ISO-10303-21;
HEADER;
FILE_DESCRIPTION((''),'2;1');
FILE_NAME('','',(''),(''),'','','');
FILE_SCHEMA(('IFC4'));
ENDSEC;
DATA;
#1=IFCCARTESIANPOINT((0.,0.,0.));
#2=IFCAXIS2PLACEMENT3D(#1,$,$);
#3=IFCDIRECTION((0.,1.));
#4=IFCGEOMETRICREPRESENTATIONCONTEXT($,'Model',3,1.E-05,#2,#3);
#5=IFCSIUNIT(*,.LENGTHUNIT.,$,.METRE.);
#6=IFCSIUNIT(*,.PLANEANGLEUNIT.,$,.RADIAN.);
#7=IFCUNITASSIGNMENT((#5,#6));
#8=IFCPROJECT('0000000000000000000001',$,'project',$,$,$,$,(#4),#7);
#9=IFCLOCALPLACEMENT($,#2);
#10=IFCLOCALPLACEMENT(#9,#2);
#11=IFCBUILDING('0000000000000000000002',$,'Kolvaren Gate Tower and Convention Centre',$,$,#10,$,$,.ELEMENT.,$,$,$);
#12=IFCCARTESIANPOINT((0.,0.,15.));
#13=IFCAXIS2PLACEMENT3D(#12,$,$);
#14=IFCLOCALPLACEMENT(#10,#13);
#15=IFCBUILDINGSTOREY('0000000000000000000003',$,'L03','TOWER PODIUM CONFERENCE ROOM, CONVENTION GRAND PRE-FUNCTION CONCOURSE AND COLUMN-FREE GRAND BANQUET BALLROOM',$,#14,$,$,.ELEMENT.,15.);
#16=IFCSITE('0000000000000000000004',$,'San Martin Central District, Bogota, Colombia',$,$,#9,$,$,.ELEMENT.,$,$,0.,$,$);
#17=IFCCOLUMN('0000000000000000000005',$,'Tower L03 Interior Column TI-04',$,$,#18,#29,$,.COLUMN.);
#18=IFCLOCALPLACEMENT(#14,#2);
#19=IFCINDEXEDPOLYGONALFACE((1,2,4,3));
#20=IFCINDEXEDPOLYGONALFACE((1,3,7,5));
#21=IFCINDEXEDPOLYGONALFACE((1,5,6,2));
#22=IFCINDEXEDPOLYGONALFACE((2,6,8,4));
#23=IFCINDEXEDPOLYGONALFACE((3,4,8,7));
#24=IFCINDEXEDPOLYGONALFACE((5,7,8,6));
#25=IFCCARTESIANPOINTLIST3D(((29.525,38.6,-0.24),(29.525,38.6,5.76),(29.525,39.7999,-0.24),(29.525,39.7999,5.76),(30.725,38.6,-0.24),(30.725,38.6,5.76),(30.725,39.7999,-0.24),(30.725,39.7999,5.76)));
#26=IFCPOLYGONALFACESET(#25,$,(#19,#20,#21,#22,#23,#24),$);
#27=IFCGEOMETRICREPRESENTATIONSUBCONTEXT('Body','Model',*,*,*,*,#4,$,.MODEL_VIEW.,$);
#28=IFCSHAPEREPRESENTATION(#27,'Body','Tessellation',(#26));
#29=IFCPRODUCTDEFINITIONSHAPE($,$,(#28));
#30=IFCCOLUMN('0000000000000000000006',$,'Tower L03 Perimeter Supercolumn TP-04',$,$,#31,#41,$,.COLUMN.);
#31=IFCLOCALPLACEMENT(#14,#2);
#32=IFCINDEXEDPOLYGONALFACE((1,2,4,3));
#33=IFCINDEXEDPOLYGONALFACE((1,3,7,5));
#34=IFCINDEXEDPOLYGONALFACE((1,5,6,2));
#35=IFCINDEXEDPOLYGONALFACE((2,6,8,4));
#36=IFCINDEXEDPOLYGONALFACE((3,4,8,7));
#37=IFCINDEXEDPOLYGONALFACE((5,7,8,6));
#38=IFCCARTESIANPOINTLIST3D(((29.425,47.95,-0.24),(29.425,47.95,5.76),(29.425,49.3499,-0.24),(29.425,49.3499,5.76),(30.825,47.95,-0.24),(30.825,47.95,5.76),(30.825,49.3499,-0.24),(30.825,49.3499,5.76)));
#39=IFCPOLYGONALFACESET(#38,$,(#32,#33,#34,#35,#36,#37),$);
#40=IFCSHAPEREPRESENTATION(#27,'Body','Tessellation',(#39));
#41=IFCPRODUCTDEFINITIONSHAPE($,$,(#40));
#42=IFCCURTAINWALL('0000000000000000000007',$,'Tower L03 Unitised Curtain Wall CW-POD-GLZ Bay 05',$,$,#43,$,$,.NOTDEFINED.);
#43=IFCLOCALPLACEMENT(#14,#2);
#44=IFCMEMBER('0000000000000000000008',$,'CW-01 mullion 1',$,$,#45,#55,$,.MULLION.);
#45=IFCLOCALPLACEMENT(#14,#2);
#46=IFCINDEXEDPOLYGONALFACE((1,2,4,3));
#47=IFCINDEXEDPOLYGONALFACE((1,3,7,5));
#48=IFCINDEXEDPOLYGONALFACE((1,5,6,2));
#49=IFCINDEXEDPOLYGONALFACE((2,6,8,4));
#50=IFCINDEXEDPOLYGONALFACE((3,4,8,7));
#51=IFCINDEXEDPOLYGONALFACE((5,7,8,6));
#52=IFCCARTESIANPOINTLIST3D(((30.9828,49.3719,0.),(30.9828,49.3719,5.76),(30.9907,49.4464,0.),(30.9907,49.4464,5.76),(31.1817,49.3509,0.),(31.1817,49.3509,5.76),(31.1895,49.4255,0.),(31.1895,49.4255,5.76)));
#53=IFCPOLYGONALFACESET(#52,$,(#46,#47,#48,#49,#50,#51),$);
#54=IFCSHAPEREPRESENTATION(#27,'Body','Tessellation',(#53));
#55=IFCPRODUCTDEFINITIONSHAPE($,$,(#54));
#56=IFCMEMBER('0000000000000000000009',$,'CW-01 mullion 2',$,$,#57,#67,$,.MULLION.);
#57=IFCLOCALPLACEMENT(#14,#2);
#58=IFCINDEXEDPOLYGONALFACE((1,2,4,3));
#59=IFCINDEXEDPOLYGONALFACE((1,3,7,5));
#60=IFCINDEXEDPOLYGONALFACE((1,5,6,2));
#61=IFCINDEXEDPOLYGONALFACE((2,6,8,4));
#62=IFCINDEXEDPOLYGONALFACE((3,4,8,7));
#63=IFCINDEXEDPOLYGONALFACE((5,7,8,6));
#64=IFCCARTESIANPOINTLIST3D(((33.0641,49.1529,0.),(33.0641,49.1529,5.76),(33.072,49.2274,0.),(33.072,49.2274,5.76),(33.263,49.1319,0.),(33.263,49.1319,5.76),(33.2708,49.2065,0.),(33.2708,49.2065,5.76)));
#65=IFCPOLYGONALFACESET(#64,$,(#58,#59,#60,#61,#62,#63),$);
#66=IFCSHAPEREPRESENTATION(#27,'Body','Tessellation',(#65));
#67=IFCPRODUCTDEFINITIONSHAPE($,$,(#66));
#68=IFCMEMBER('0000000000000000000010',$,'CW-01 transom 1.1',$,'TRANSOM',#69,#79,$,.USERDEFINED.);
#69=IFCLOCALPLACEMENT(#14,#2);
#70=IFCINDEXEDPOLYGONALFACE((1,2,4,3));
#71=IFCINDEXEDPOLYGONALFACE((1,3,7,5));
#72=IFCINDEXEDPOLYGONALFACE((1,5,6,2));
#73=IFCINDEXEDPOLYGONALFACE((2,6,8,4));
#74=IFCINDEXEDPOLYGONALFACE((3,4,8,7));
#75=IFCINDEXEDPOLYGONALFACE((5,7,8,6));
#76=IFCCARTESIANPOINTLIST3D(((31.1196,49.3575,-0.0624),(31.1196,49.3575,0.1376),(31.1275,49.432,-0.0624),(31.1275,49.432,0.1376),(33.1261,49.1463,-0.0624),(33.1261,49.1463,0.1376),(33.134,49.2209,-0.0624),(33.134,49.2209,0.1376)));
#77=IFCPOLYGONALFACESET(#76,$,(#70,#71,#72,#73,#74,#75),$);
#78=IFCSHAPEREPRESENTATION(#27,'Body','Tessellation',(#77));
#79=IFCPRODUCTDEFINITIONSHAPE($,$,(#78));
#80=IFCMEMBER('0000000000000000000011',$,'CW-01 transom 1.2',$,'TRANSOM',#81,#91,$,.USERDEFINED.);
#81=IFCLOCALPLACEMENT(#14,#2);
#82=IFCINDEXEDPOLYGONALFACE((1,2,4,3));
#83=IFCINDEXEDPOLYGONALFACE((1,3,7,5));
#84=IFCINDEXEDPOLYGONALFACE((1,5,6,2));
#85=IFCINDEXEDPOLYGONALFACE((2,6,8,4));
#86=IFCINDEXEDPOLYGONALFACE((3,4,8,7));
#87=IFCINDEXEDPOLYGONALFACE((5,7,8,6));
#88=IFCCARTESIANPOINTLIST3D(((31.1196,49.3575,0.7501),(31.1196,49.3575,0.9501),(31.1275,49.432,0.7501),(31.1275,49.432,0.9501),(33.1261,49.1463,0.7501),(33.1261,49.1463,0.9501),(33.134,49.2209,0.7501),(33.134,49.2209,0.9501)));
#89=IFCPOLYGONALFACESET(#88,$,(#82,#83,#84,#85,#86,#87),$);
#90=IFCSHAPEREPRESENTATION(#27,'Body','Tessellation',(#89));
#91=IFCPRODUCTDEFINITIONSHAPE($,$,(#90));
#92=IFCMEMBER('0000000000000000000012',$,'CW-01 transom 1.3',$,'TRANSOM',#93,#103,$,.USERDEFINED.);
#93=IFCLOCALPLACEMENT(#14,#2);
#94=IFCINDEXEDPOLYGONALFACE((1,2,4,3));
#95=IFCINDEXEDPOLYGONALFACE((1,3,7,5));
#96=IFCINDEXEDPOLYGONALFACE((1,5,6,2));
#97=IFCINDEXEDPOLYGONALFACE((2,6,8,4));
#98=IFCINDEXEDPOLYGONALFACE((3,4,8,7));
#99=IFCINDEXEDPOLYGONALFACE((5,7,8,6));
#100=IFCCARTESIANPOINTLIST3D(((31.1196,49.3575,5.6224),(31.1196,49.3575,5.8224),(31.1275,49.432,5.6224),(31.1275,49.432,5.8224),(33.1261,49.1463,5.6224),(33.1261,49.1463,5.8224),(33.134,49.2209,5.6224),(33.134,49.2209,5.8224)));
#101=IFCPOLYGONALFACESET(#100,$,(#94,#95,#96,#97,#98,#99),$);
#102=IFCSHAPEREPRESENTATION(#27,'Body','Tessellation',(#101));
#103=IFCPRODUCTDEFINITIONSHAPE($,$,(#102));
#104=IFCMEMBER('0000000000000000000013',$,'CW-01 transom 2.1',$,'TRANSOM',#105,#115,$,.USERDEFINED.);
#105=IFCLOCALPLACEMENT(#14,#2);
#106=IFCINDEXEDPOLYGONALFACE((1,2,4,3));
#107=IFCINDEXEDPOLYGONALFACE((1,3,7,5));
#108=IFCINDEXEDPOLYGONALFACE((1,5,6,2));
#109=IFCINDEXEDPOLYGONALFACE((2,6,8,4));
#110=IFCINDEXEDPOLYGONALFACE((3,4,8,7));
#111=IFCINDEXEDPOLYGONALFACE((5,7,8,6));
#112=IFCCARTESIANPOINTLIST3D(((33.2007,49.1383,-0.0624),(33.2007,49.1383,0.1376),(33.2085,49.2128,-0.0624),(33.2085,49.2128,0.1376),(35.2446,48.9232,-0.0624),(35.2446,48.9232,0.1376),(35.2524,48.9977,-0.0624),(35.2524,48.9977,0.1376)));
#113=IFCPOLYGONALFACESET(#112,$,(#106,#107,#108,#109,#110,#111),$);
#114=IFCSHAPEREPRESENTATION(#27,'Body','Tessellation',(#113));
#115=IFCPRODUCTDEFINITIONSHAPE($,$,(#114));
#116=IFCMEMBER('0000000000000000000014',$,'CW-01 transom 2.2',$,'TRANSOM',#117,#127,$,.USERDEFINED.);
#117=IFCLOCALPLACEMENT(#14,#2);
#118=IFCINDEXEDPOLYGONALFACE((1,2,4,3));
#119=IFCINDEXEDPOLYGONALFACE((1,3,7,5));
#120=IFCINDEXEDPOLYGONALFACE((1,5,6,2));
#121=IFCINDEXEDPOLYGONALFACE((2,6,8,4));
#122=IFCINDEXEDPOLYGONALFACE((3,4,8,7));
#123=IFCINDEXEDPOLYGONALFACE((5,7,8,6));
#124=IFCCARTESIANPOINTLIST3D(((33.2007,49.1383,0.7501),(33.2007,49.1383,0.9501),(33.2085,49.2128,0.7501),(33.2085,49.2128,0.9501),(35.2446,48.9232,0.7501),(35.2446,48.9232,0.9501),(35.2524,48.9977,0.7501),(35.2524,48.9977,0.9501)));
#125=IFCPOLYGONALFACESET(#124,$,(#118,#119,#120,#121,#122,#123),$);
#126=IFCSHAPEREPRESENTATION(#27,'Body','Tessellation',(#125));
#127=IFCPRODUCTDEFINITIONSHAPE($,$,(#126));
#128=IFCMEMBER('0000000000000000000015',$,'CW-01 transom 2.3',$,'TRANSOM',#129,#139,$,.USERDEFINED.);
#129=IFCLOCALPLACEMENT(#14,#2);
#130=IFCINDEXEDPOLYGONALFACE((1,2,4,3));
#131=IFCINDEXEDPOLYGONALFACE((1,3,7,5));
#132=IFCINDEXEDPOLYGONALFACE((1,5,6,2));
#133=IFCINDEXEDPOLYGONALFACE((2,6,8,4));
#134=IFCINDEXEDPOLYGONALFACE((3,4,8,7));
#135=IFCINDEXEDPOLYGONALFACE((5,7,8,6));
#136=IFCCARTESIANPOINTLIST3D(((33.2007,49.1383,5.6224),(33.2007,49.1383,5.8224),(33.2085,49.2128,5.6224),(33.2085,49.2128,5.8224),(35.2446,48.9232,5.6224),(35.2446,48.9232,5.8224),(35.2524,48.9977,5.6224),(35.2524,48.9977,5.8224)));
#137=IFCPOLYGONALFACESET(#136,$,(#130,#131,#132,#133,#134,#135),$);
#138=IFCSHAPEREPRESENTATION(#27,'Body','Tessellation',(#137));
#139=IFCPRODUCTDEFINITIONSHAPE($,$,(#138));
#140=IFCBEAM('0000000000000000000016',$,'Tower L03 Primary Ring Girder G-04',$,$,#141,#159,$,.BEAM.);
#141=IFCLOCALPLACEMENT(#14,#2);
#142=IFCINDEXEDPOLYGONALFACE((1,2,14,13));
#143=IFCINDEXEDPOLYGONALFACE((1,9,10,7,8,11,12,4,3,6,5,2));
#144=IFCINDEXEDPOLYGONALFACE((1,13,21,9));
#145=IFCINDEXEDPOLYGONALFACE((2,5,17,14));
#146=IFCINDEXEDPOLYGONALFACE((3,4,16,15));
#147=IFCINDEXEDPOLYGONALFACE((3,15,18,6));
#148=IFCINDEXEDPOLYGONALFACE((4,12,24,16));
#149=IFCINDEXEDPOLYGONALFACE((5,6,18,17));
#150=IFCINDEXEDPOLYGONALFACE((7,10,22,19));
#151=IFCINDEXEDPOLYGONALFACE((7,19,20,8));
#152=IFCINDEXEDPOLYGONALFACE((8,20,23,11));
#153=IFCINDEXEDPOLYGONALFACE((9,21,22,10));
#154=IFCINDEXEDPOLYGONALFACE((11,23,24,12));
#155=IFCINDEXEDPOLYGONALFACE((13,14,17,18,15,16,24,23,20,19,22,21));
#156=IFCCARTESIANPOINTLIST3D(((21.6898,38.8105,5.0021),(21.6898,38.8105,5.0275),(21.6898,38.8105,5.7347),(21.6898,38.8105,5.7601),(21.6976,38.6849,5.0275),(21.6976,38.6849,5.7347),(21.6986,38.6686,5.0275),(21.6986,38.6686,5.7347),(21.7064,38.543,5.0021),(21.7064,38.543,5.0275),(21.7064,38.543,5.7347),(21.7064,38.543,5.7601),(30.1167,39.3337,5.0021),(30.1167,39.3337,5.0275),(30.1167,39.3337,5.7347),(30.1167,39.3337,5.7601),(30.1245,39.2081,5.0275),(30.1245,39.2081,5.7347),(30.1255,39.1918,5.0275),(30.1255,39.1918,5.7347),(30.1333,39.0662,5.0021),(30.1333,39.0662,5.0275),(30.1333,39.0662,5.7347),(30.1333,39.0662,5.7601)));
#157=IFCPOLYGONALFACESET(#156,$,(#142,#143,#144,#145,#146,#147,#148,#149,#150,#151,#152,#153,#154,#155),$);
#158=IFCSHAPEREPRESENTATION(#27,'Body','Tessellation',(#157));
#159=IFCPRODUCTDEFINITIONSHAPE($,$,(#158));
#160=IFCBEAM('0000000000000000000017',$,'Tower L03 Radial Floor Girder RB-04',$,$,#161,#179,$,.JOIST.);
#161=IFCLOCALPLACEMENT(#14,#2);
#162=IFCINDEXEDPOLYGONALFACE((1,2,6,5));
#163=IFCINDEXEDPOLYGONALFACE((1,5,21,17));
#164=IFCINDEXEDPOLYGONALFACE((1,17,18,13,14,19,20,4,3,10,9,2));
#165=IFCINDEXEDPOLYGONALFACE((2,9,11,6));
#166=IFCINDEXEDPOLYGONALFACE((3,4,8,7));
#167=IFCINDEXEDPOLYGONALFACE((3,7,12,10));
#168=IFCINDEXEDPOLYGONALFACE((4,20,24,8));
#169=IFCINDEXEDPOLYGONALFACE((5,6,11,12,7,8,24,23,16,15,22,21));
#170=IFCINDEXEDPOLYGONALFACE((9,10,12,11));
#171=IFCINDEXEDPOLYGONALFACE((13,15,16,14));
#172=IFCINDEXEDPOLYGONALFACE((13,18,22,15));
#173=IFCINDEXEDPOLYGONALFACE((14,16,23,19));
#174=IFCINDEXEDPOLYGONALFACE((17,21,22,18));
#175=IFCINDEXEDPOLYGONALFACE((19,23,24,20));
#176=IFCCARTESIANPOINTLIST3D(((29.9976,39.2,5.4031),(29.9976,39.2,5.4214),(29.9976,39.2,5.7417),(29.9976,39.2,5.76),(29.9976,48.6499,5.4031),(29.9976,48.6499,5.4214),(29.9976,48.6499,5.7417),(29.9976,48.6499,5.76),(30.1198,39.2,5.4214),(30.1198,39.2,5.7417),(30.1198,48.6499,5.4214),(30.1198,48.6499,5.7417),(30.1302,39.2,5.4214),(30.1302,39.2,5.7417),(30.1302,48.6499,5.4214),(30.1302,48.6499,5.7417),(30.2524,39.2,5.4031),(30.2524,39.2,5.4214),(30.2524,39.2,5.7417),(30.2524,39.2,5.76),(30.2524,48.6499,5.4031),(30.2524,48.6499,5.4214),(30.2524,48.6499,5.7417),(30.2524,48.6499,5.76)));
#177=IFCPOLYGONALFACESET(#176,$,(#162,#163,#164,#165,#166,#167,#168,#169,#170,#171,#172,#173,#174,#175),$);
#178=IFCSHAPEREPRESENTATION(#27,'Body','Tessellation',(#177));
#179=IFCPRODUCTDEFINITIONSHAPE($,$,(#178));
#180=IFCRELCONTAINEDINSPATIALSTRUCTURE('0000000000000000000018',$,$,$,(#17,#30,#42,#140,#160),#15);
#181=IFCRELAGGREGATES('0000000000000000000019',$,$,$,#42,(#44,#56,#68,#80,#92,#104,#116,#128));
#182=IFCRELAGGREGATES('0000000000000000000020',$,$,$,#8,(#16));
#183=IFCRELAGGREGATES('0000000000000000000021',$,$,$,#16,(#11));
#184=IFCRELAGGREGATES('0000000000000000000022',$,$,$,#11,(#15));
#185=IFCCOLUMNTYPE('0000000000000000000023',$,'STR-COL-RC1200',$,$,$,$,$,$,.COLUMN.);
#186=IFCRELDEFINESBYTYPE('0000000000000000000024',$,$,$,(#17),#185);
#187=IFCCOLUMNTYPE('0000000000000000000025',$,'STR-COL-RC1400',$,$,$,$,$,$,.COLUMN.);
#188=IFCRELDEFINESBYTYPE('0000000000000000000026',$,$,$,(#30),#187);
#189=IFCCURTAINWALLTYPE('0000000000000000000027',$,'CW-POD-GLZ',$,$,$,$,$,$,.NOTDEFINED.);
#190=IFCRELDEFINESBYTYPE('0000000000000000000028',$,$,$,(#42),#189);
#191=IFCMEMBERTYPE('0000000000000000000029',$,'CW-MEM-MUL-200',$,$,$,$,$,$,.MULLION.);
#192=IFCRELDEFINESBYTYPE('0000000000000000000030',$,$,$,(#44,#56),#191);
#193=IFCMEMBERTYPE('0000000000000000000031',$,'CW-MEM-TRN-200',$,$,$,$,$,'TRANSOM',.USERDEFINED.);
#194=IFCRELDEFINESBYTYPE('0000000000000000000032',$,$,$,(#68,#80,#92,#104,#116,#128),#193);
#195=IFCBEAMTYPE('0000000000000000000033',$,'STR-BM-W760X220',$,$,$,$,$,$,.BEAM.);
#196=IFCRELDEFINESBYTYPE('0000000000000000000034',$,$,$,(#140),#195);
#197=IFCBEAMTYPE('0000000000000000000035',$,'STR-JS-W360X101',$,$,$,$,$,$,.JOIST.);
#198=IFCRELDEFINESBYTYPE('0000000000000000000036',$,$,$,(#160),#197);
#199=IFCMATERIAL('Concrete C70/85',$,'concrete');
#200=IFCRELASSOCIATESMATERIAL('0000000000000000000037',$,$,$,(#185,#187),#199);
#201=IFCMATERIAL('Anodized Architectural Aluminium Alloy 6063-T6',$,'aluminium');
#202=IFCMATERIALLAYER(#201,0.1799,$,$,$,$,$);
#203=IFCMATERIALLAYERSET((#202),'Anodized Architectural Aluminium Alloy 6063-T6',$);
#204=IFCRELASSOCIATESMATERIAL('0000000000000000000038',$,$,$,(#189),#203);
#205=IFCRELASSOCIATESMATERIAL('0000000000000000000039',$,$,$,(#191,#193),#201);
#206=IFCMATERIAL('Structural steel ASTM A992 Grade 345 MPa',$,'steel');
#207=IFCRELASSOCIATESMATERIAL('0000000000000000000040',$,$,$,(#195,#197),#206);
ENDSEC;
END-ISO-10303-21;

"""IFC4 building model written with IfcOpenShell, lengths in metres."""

from ifc_helpers import new_model, si_unit, direction, frame, origin, origin_2d, place, context, subcontext, project, spatial, rectangle, i_section, extrude, material, layer, layer_set, material_profile, profile_set, type_object, element, aggregate, save


model = new_model("IFC4")

# Units and contexts
model_context = context("Model", 3, precision=1e-05, world=origin(), true_north=direction((0.0, 1.0)))
body_context = subcontext(model_context, "Body", "Model", "MODEL_VIEW")
ifc_project = project(units=[si_unit("LENGTHUNIT", "METRE"), si_unit("PLANEANGLEUNIT", "RADIAN")], contexts=[model_context])

# Site, building, storey
site_placement = place(None, origin())
site = spatial("IfcSite", under=ifc_project, at=site_placement, Name="San Martin Central District, Bogota, Colombia", CompositionType="ELEMENT", RefElevation=0.0)
building_placement = place(site_placement, origin())
building = spatial("IfcBuilding", under=site, at=building_placement, Name="Kolvaren Gate Tower and Convention Centre", CompositionType="ELEMENT")
storey_placement = place(building_placement, frame((0.0, 0.0, 15.0)))
storey = spatial("IfcBuildingStorey", under=building, at=storey_placement, Name="L03", Description="TOWER PODIUM CONFERENCE ROOM, CONVENTION GRAND PRE-FUNCTION CONCOURSE AND COLUMN-FREE GRAND BANQUET BALLROOM", CompositionType="ELEMENT", Elevation=15.0)

# Columns
ifc_material_1 = material(Name="Concrete C70/85", Category="concrete")
ifc_material_profile_1 = material_profile(ifc_material_1, rectangle(XDim=1.2, YDim=1.2, at=origin_2d()), Name="RC-COL-1200X1200")
ifc_profile_set_1 = profile_set([ifc_material_profile_1], Name="Concrete C70/85")
column_type_1 = type_object("IfcColumnType", Name="STR-COL-RC1200", PredefinedType="COLUMN", material=ifc_profile_set_1)
column_1_placement = place(storey_placement, frame((30.125, 39.2, -0.24), z_axis=(0.0, 0.0, 1.0), x_axis=(1.0, 0.0, 0.0)))
element("IfcColumn", 1, at=column_1_placement, inside=storey, type_object=column_type_1, Name="Tower L03 Interior Column TI-04", PredefinedType="COLUMN", context=body_context, shape_type="SweptSolid", body=[
    extrude(rectangle(XDim=1.2, YDim=1.2, at=origin_2d()), origin(), (0.0, 0.0, 1.0), 6.0),
])
ifc_material_profile_2 = material_profile(ifc_material_1, rectangle(XDim=1.3999, YDim=1.3999, at=origin_2d()), Name="RC-COL-1400X1400")
ifc_profile_set_2 = profile_set([ifc_material_profile_2], Name="Concrete C70/85")
column_type_2 = type_object("IfcColumnType", Name="STR-COL-RC1400", PredefinedType="COLUMN", material=ifc_profile_set_2)
column_2_placement = place(storey_placement, frame((30.125, 48.6499, -0.24), z_axis=(0.0, 0.0, 1.0), x_axis=(1.0, 0.0, 0.0)))
element("IfcColumn", 2, at=column_2_placement, inside=storey, type_object=column_type_2, Name="Tower L03 Perimeter Supercolumn TP-04", PredefinedType="COLUMN", context=body_context, shape_type="SweptSolid", body=[
    extrude(rectangle(XDim=1.3999, YDim=1.3999, at=origin_2d()), origin(), (0.0, 0.0, 1.0), 6.0),
])

# Curtain wall, members
ifc_material_2 = material(Name="Anodized Architectural Aluminium Alloy 6063-T6", Category="aluminium")
ifc_layer_1 = layer(ifc_material_2, 0.1799)
ifc_layer_set_1 = layer_set([ifc_layer_1], Name="Anodized Architectural Aluminium Alloy 6063-T6")
curtain_wall_type = type_object("IfcCurtainWallType", Name="CW-POD-GLZ", PredefinedType="NOTDEFINED", material=ifc_layer_set_1)
curtain_wall_placement = place(storey_placement, origin())
curtain_wall = element("IfcCurtainWall", 3, at=curtain_wall_placement, inside=storey, type_object=curtain_wall_type, Name="Tower L03 Unitised Curtain Wall CW-POD-GLZ Bay 05", PredefinedType="NOTDEFINED")
ifc_material_profile_3 = material_profile(ifc_material_2, rectangle(XDim=0.075, YDim=0.2, at=origin_2d()), Name="CW-MEM-MUL-200")
ifc_profile_set_3 = profile_set([ifc_material_profile_3], Name="Anodized Architectural Aluminium Alloy 6063-T6")
member_type_1 = type_object("IfcMemberType", Name="CW-MEM-MUL-200", PredefinedType="MULLION", material=ifc_profile_set_3)
member_1_placement = place(storey_placement, frame((31.0862, 49.3987, 0.0), z_axis=(0.0, 0.0, 1.0), x_axis=(0.104748, 0.994499, 0.0)))
member_1 = element("IfcMember", 4, at=member_1_placement, type_object=member_type_1, Name="CW-01 mullion 1", PredefinedType="MULLION", context=body_context, shape_type="SweptSolid", body=[
    extrude(rectangle(XDim=0.075, YDim=0.2, at=origin_2d()), origin(), (0.0, 0.0, 1.0), 5.76),
])
member_2_placement = place(storey_placement, frame((33.1675, 49.1797, 0.0), z_axis=(0.0, 0.0, 1.0), x_axis=(0.104748, 0.994499, 0.0)))
member_2 = element("IfcMember", 5, at=member_2_placement, type_object=member_type_1, Name="CW-01 mullion 2", PredefinedType="MULLION", context=body_context, shape_type="SweptSolid", body=[
    extrude(rectangle(XDim=0.075, YDim=0.2, at=origin_2d()), origin(), (0.0, 0.0, 1.0), 5.76),
])
ifc_material_profile_4 = material_profile(ifc_material_2, rectangle(XDim=0.075, YDim=0.2, at=origin_2d()), Name="CW-MEM-TRN-200")
ifc_profile_set_4 = profile_set([ifc_material_profile_4], Name="Anodized Architectural Aluminium Alloy 6063-T6")
member_type_2 = type_object("IfcMemberType", Name="CW-MEM-TRN-200", ElementType="TRANSOM", PredefinedType="USERDEFINED", material=ifc_profile_set_4)
member_3_placement = place(storey_placement, frame((31.1235, 49.3948, 0.0376), z_axis=(0.994507, -0.104666, 0.0), x_axis=(0.104666, 0.994507, 0.0)))
member_3 = element("IfcMember", 6, at=member_3_placement, type_object=member_type_2, Name="CW-01 transom 1.1", ObjectType="TRANSOM", PredefinedType="USERDEFINED", context=body_context, shape_type="SweptSolid", body=[
    extrude(rectangle(XDim=0.075, YDim=0.2, at=origin_2d()), origin(), (0.0, 0.0, 1.0), 2.0176),
])
member_4_placement = place(storey_placement, frame((31.1235, 49.3948, 0.8501), z_axis=(0.994507, -0.104666, 0.0), x_axis=(0.104666, 0.994507, 0.0)))
member_4 = element("IfcMember", 7, at=member_4_placement, type_object=member_type_2, Name="CW-01 transom 1.2", ObjectType="TRANSOM", PredefinedType="USERDEFINED", context=body_context, shape_type="SweptSolid", body=[
    extrude(rectangle(XDim=0.075, YDim=0.2, at=origin_2d()), origin(), (0.0, 0.0, 1.0), 2.0176),
])
member_5_placement = place(storey_placement, frame((31.1235, 49.3948, 5.7224), z_axis=(0.994507, -0.104666, 0.0), x_axis=(0.104666, 0.994507, 0.0)))
member_5 = element("IfcMember", 8, at=member_5_placement, type_object=member_type_2, Name="CW-01 transom 1.3", ObjectType="TRANSOM", PredefinedType="USERDEFINED", context=body_context, shape_type="SweptSolid", body=[
    extrude(rectangle(XDim=0.075, YDim=0.2, at=origin_2d()), origin(), (0.0, 0.0, 1.0), 2.0176),
])
member_6_placement = place(storey_placement, frame((33.2046, 49.1755, 0.0376), z_axis=(0.994509, -0.104654, 0.0), x_axis=(0.104654, 0.994509, 0.0)))
member_6 = element("IfcMember", 9, at=member_6_placement, type_object=member_type_2, Name="CW-01 transom 2.1", ObjectType="TRANSOM", PredefinedType="USERDEFINED", context=body_context, shape_type="SweptSolid", body=[
    extrude(rectangle(XDim=0.075, YDim=0.2, at=origin_2d()), origin(), (0.0, 0.0, 1.0), 2.0552),
])
member_7_placement = place(storey_placement, frame((33.2046, 49.1755, 0.8501), z_axis=(0.994509, -0.104654, 0.0), x_axis=(0.104654, 0.994509, 0.0)))
member_7 = element("IfcMember", 10, at=member_7_placement, type_object=member_type_2, Name="CW-01 transom 2.2", ObjectType="TRANSOM", PredefinedType="USERDEFINED", context=body_context, shape_type="SweptSolid", body=[
    extrude(rectangle(XDim=0.075, YDim=0.2, at=origin_2d()), origin(), (0.0, 0.0, 1.0), 2.0552),
])
member_8_placement = place(storey_placement, frame((33.2046, 49.1755, 5.7224), z_axis=(0.994509, -0.104654, 0.0), x_axis=(0.104654, 0.994509, 0.0)))
member_8 = element("IfcMember", 11, at=member_8_placement, type_object=member_type_2, Name="CW-01 transom 2.3", ObjectType="TRANSOM", PredefinedType="USERDEFINED", context=body_context, shape_type="SweptSolid", body=[
    extrude(rectangle(XDim=0.075, YDim=0.2, at=origin_2d()), origin(), (0.0, 0.0, 1.0), 2.0552),
])

# Beams
ifc_material_3 = material(Name="Structural steel ASTM A992 Grade 345 MPa", Category="steel")
ifc_material_profile_5 = material_profile(ifc_material_3, i_section(OverallWidth=0.2681, OverallDepth=0.7581, WebThickness=0.0164, FlangeThickness=0.0254, at=origin_2d()), Name="W760X220")
ifc_profile_set_5 = profile_set([ifc_material_profile_5], Name="Structural steel ASTM A992 Grade 345 MPa")
beam_type_1 = type_object("IfcBeamType", Name="STR-BM-W760X220", PredefinedType="BEAM", material=ifc_profile_set_5)
beam_1_placement = place(storey_placement, frame((30.125, 39.2, 5.3811), z_axis=(-0.998078, -0.061966, 0.0), x_axis=(0.061966, -0.998078, 0.0)))
element("IfcBeam", 12, at=beam_1_placement, inside=storey, type_object=beam_type_1, Name="Tower L03 Primary Ring Girder G-04", PredefinedType="BEAM", context=body_context, shape_type="SweptSolid", body=[
    extrude(i_section(OverallWidth=0.2681, OverallDepth=0.7581, WebThickness=0.0164, FlangeThickness=0.0254, at=origin_2d()), origin(), (0.0, 0.0, 1.0), 8.4431),
])
ifc_material_profile_6 = material_profile(ifc_material_3, i_section(OverallWidth=0.2549, OverallDepth=0.3569, WebThickness=0.0105, FlangeThickness=0.0183, at=origin_2d()), Name="W360X101")
ifc_profile_set_6 = profile_set([ifc_material_profile_6], Name="Structural steel ASTM A992 Grade 345 MPa")
beam_type_2 = type_object("IfcBeamType", Name="STR-JS-W360X101", PredefinedType="JOIST", material=ifc_profile_set_6)
beam_2_placement = place(storey_placement, frame((30.125, 39.2, 5.5815), z_axis=(0.0, 1.0, 0.0), x_axis=(-1.0, 0.0, 0.0)))
element("IfcBeam", 13, at=beam_2_placement, inside=storey, type_object=beam_type_2, Name="Tower L03 Radial Floor Girder RB-04", PredefinedType="JOIST", context=body_context, shape_type="SweptSolid", body=[
    extrude(i_section(OverallWidth=0.2549, OverallDepth=0.3569, WebThickness=0.0105, FlangeThickness=0.0183, at=origin_2d()), origin(), (0.0, 0.0, 1.0), 9.45),
])

aggregate(curtain_wall, [member_1, member_2, member_3, member_4, member_5, member_6, member_7, member_8])

save(model, "model.ifc")
